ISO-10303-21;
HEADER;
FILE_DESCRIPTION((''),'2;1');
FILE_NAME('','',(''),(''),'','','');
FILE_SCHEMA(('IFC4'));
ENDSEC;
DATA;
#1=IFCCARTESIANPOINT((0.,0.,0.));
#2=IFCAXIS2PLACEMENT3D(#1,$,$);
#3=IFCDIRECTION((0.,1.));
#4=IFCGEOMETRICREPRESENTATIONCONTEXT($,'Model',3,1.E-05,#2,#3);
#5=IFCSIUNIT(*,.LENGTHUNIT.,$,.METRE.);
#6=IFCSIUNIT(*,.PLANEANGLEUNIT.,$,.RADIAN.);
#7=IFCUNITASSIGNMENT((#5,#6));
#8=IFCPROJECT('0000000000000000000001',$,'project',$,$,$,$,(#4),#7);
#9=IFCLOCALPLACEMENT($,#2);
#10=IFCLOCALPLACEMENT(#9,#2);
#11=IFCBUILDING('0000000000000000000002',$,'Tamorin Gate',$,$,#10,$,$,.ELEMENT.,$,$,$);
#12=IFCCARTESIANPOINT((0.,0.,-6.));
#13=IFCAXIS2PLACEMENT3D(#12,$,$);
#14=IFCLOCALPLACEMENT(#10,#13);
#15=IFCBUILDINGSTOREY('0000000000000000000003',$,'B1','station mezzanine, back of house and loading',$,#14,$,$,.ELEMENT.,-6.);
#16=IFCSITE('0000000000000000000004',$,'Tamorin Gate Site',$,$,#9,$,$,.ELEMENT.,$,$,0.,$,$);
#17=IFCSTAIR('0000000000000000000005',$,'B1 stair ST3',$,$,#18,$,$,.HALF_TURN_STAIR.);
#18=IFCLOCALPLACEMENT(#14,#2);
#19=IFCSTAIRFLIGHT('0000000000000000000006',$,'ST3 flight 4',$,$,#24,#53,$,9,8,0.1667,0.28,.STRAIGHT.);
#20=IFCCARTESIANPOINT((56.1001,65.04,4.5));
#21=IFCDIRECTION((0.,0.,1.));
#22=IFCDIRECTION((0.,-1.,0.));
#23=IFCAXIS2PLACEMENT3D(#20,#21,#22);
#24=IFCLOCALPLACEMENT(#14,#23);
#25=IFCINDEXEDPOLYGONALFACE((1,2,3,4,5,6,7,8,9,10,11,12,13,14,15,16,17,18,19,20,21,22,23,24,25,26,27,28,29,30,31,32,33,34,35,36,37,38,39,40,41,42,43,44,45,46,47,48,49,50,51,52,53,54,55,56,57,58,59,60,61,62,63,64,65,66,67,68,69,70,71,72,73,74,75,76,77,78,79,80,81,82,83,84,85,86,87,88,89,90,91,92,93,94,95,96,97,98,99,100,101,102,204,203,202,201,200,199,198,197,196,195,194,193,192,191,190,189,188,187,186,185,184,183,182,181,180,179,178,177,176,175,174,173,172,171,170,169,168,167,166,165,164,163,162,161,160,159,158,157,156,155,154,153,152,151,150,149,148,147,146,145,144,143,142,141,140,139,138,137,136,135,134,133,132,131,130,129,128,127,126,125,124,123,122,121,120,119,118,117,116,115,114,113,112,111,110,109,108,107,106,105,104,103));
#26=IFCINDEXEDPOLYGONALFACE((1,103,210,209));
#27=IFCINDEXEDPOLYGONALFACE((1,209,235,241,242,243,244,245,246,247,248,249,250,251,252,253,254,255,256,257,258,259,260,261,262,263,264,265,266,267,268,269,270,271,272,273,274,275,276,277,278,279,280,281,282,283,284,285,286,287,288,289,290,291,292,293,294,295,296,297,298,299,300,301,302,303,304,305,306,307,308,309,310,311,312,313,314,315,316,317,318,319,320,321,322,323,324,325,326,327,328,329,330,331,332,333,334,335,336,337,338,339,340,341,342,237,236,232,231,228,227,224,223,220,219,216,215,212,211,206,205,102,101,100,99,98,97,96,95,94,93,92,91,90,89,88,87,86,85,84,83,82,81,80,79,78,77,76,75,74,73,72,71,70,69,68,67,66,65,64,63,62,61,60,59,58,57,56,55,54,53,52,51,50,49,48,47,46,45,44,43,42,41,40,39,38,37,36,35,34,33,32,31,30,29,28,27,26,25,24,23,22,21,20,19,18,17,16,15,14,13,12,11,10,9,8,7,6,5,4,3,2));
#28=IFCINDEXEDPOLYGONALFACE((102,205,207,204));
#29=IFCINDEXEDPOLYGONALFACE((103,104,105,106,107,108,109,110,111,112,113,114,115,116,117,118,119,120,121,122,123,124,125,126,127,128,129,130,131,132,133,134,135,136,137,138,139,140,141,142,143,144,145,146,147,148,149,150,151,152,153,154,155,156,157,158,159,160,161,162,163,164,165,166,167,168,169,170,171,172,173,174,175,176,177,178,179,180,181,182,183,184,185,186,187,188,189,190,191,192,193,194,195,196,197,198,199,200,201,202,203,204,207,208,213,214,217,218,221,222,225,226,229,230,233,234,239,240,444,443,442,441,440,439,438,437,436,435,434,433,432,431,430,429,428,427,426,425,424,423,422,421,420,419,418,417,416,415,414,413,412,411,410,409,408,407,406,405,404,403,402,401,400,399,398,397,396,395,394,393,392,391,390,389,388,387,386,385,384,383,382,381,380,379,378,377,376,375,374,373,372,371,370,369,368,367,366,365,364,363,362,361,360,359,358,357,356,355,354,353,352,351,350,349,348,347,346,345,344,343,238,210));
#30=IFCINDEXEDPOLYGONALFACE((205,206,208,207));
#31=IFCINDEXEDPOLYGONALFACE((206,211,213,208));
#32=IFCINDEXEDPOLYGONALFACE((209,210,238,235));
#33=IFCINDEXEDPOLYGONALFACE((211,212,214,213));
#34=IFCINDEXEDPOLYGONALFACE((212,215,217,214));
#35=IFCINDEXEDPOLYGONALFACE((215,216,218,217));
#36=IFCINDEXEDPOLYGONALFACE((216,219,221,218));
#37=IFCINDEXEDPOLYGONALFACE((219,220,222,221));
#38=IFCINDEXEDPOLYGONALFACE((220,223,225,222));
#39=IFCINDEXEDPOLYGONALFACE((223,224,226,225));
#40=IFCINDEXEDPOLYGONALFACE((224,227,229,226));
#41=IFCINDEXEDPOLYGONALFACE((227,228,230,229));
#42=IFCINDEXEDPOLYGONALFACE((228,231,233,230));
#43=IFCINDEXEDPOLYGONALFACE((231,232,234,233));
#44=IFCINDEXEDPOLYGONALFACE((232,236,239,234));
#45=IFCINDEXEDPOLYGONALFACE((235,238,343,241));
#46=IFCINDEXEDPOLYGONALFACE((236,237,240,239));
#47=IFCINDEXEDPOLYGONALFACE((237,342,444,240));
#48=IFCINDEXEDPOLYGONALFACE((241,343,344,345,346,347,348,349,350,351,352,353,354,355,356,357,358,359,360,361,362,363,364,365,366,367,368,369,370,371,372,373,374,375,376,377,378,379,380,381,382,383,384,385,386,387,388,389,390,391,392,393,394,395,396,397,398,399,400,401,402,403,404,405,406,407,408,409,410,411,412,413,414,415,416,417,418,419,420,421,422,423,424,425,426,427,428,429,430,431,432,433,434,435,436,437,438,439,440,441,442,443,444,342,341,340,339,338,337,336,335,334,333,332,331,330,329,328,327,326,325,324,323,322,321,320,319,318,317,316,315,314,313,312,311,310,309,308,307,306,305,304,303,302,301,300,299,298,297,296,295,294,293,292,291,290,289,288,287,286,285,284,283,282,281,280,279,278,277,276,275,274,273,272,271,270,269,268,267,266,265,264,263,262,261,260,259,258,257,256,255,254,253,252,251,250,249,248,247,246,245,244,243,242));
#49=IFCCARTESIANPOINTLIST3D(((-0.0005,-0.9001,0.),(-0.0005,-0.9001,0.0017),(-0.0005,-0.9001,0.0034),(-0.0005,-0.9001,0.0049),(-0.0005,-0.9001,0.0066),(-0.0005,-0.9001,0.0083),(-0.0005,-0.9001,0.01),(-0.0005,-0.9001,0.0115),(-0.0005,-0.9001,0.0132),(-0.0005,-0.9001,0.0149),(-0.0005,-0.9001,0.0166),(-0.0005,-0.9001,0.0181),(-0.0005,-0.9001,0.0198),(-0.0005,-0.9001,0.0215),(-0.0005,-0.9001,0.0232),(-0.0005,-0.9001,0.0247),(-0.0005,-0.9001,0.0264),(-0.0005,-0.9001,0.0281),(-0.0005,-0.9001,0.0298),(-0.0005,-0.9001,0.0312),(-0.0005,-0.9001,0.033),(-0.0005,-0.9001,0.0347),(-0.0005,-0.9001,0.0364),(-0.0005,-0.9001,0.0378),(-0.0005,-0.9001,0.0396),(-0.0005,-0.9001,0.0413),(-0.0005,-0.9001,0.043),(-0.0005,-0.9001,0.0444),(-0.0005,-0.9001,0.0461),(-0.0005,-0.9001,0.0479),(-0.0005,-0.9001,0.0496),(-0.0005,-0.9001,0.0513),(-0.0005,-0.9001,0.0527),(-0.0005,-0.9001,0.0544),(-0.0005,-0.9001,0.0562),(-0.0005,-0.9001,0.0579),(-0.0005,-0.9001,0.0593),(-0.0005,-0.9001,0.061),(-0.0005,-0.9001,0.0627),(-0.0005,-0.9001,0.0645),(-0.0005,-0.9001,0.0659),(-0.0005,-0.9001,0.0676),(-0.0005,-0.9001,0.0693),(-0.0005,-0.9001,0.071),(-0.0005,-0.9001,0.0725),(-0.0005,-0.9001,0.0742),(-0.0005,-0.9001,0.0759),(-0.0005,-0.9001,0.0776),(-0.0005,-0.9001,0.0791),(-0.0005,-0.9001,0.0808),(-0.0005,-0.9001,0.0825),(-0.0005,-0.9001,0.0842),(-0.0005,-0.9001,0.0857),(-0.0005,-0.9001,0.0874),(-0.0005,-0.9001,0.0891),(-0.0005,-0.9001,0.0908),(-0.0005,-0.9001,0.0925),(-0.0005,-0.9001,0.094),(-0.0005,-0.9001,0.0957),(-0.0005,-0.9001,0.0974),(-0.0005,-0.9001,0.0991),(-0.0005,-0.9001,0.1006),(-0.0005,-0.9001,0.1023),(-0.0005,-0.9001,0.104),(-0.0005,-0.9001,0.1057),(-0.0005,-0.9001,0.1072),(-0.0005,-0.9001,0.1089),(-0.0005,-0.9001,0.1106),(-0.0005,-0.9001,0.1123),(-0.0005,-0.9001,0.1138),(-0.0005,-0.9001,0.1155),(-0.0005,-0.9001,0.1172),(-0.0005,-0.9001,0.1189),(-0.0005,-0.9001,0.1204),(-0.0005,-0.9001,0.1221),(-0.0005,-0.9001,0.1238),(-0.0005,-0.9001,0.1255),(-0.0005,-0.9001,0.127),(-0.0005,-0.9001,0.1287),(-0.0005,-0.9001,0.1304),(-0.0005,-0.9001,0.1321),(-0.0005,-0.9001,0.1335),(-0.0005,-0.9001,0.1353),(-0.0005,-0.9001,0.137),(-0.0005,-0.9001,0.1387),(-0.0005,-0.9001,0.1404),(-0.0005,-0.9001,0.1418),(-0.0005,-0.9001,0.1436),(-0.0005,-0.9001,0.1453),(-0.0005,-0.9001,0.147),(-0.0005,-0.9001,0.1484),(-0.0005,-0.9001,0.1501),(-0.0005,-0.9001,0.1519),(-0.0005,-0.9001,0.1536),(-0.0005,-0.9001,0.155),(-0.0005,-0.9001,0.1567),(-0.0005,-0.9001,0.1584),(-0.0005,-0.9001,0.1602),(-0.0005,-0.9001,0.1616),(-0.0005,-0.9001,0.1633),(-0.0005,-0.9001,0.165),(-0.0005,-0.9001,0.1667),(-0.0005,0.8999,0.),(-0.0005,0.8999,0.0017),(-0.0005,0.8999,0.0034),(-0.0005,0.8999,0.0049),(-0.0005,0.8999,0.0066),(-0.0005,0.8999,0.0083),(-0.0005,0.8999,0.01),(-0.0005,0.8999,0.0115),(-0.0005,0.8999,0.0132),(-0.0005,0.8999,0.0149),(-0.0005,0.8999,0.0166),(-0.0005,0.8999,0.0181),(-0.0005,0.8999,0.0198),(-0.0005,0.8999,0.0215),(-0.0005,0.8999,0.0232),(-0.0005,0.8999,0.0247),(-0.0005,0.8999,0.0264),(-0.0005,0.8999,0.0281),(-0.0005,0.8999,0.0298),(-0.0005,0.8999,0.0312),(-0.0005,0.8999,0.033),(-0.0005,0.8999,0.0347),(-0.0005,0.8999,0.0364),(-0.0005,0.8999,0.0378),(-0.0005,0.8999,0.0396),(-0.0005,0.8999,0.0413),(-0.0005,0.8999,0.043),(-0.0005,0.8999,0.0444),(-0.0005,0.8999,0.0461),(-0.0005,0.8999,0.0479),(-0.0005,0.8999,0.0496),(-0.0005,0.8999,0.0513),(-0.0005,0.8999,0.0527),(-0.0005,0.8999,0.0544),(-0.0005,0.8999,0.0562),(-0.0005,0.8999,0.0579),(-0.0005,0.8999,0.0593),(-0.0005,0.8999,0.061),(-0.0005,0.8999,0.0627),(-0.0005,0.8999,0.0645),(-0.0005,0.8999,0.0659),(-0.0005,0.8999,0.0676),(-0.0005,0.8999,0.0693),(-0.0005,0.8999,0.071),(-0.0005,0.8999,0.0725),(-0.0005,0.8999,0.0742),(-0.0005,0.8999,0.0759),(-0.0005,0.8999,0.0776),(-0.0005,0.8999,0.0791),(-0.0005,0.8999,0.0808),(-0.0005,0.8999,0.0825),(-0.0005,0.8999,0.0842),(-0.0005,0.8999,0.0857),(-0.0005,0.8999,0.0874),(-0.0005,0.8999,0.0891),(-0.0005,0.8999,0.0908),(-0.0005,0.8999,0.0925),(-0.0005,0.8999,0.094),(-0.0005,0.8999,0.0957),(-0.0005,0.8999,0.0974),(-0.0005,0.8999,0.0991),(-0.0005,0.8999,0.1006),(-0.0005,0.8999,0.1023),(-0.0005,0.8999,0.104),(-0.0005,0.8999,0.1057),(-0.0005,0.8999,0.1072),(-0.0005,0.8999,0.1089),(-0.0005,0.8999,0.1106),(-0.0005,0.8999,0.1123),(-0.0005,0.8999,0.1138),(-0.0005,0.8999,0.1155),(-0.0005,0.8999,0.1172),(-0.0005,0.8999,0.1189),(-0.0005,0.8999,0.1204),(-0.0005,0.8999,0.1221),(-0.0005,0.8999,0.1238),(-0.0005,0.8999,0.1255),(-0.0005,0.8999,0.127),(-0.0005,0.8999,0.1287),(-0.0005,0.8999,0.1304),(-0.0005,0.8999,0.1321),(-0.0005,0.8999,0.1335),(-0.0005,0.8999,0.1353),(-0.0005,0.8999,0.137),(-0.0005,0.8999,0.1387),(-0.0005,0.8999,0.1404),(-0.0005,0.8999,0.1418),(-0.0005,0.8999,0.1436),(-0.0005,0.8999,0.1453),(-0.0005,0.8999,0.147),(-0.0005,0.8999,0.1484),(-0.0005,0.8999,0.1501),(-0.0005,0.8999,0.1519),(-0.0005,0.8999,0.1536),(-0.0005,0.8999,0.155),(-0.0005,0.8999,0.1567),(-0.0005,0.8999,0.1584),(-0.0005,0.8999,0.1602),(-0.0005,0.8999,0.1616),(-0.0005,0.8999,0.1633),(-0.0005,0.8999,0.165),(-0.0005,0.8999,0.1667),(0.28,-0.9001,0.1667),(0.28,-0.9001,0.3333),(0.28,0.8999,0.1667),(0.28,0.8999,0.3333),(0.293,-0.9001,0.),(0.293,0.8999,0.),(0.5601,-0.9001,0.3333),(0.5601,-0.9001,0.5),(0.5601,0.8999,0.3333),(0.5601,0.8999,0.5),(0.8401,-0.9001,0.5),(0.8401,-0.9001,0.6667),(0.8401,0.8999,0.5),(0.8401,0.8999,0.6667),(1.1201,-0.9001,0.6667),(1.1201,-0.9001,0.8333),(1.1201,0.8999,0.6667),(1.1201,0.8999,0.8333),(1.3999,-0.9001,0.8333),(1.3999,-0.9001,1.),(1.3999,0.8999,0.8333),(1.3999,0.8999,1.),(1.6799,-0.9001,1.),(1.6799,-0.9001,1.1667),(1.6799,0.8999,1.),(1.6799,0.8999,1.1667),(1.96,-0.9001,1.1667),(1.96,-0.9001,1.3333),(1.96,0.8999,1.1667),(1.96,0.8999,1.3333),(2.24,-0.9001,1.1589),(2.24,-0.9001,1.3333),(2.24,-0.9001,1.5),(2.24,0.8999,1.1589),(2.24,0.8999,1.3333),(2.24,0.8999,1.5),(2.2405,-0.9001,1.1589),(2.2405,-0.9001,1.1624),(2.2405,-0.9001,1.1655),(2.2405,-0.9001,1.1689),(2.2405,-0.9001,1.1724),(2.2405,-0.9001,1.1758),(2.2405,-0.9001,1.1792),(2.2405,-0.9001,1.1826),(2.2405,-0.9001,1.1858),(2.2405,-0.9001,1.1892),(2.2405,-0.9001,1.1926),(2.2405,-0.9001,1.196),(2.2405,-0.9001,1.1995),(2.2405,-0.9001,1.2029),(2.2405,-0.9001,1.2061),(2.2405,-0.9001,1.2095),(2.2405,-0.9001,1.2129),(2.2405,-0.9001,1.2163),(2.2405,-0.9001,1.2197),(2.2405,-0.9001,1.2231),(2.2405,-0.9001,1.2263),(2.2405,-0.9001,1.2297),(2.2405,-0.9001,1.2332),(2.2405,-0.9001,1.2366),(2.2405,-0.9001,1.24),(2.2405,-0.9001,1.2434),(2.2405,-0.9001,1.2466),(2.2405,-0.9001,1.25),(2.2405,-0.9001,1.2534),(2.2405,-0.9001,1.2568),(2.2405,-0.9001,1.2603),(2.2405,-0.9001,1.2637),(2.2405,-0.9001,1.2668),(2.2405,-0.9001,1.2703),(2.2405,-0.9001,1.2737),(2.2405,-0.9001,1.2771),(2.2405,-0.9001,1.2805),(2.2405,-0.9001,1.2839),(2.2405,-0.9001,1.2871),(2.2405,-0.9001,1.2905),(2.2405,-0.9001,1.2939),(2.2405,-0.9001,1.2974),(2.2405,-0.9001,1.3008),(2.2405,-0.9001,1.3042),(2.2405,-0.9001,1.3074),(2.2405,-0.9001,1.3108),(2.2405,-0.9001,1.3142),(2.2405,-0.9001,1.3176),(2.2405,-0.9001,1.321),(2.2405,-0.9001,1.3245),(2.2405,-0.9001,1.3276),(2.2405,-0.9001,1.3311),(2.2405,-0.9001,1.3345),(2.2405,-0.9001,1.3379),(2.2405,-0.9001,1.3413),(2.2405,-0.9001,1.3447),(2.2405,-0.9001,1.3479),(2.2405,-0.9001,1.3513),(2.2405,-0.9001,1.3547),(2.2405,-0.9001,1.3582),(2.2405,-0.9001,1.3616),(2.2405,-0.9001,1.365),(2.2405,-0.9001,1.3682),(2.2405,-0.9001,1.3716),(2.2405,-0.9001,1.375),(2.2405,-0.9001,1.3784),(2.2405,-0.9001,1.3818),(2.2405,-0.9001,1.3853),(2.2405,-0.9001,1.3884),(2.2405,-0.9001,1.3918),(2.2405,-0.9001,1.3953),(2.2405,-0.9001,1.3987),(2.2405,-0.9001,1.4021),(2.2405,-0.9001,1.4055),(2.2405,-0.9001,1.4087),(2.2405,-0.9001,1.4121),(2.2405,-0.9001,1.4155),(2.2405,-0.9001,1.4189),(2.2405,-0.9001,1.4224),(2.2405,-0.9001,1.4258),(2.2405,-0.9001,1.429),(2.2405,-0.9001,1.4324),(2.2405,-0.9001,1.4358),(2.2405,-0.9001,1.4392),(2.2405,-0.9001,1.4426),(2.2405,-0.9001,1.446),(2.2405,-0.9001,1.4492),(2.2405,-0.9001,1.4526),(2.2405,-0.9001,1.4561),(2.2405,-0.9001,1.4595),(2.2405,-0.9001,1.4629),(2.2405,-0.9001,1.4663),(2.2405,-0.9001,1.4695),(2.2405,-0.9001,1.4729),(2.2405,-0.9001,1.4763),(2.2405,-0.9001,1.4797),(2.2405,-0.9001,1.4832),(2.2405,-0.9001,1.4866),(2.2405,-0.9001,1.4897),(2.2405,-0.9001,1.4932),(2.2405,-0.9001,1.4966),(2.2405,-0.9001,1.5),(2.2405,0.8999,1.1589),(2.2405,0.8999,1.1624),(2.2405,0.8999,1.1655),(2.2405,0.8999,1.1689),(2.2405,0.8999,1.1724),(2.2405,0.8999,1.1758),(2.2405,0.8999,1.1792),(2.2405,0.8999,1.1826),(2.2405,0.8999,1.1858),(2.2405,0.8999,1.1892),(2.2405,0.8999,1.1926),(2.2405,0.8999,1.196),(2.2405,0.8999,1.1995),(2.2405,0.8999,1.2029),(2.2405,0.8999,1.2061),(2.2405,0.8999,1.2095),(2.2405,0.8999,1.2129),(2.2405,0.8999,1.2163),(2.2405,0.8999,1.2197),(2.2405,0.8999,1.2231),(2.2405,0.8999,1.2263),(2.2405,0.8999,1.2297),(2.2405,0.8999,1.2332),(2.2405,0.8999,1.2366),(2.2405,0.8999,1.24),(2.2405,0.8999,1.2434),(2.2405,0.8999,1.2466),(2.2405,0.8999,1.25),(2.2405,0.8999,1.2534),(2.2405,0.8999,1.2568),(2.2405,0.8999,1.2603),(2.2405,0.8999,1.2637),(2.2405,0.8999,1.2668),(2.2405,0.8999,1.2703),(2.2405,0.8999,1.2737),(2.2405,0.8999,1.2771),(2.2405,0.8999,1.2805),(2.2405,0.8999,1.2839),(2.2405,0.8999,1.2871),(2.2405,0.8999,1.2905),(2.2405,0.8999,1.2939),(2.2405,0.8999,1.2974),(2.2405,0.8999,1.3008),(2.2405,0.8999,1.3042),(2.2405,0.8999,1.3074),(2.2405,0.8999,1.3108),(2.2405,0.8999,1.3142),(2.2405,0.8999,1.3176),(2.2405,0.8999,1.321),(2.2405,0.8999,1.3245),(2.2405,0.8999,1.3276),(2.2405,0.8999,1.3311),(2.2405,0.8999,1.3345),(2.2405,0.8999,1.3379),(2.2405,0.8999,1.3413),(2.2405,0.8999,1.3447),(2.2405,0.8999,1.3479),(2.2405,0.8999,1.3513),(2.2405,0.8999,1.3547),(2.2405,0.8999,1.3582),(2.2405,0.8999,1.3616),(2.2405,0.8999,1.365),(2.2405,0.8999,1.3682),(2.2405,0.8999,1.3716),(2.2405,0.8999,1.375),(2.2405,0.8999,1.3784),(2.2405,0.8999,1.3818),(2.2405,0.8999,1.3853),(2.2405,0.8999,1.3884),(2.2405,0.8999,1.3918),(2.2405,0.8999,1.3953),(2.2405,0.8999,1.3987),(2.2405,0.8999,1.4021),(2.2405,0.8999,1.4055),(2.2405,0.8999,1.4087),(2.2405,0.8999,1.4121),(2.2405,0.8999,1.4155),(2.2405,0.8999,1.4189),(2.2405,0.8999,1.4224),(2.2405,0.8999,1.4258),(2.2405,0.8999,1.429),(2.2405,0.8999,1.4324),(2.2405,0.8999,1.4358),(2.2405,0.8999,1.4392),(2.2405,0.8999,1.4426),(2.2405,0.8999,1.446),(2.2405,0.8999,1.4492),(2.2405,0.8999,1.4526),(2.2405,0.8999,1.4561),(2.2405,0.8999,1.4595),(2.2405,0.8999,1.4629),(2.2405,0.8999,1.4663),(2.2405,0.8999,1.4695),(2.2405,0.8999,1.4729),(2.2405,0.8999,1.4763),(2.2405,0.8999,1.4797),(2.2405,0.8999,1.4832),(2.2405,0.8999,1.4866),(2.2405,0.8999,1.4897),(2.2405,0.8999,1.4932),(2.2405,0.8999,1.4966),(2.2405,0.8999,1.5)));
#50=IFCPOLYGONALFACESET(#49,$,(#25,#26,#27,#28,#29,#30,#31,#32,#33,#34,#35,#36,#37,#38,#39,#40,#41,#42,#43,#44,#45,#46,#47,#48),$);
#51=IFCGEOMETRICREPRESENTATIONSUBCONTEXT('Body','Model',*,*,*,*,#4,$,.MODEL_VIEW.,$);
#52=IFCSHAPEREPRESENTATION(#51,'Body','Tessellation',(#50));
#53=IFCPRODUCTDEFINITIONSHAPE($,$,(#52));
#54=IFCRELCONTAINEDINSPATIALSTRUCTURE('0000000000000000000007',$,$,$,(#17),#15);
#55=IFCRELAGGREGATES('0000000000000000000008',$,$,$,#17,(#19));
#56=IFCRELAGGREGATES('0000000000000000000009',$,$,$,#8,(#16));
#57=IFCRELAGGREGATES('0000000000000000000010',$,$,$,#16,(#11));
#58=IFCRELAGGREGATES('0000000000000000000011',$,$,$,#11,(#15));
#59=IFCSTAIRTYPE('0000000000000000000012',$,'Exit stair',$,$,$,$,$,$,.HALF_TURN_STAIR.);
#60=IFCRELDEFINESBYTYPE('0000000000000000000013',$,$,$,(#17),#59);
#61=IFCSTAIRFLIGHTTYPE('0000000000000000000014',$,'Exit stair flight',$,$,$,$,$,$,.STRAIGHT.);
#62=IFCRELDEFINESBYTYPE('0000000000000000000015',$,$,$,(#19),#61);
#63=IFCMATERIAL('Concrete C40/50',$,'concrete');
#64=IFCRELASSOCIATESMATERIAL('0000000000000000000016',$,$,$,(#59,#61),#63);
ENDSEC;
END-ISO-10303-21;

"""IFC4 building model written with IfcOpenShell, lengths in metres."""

from ifc_helpers import new_model, si_unit, direction, frame, origin, place, context, subcontext, project, spatial, polyline, outline, extrude, material, type_object, element, aggregate, save


model = new_model("IFC4")

# Units and contexts
model_context = context("Model", 3, precision=1e-05, world=origin(), true_north=direction((0.0, 1.0)))
body_context = subcontext(model_context, "Body", "Model", "MODEL_VIEW")
ifc_project = project(units=[si_unit("LENGTHUNIT", "METRE"), si_unit("PLANEANGLEUNIT", "RADIAN")], contexts=[model_context])

# Site, building, storey
site_placement = place(None, origin())
site = spatial("IfcSite", under=ifc_project, at=site_placement, Name="Tamorin Gate Site", CompositionType="ELEMENT", RefElevation=0.0)
building_placement = place(site_placement, origin())
building = spatial("IfcBuilding", under=site, at=building_placement, Name="Tamorin Gate", CompositionType="ELEMENT")
storey_placement = place(building_placement, frame((0.0, 0.0, -6.0)))
storey = spatial("IfcBuildingStorey", under=building, at=storey_placement, Name="B1", Description="station mezzanine, back of house and loading", CompositionType="ELEMENT", Elevation=-6.0)

# Shared definitions
ifc_material_1 = material(Name="Concrete C40/50", Category="concrete")

# Stair, stair flight
stair_type = type_object("IfcStairType", Name="Exit stair", PredefinedType="HALF_TURN_STAIR", material=ifc_material_1)
stair_placement = place(storey_placement, origin())
stair = element("IfcStair", 1, at=stair_placement, inside=storey, type_object=stair_type, Name="B1 stair ST3", PredefinedType="HALF_TURN_STAIR")
stair_flight_type = type_object("IfcStairFlightType", Name="Exit stair flight", PredefinedType="STRAIGHT", material=ifc_material_1)
stair_flight_1_placement = place(storey_placement, frame((56.1001, 65.04, 4.5), z_axis=(0.0, 0.0, 1.0), x_axis=(0.0, -1.0, 0.0)))
stair_flight_1 = element("IfcStairFlight", 2, at=stair_flight_1_placement, type_object=stair_flight_type, Name="ST3 flight 4", NumberOfRisers=9, NumberOfTreads=8, PredefinedType="STRAIGHT", RiserHeight=0.1667, TreadLength=0.28, context=body_context, shape_type="SweptSolid", body=[
    extrude(outline(polyline([(-0.0005, 0.0), (-0.0005, 0.0017), (-0.0005, 0.0034), (-0.0005, 0.0049), (-0.0005, 0.0066), (-0.0005, 0.0083), (-0.0005, 0.01), (-0.0005, 0.0115), (-0.0005, 0.0132), (-0.0005, 0.0149), (-0.0005, 0.0166), (-0.0005, 0.0181), (-0.0005, 0.0198), (-0.0005, 0.0215), (-0.0005, 0.0232), (-0.0005, 0.0247), (-0.0005, 0.0264), (-0.0005, 0.0281), (-0.0005, 0.0298), (-0.0005, 0.0312), (-0.0005, 0.033), (-0.0005, 0.0347), (-0.0005, 0.0364), (-0.0005, 0.0378), (-0.0005, 0.0396), (-0.0005, 0.0413), (-0.0005, 0.043), (-0.0005, 0.0444), (-0.0005, 0.0461), (-0.0005, 0.0479), (-0.0005, 0.0496), (-0.0005, 0.0513), (-0.0005, 0.0527), (-0.0005, 0.0544), (-0.0005, 0.0562), (-0.0005, 0.0579), (-0.0005, 0.0593), (-0.0005, 0.061), (-0.0005, 0.0627), (-0.0005, 0.0645), (-0.0005, 0.0659), (-0.0005, 0.0676), (-0.0005, 0.0693), (-0.0005, 0.071), (-0.0005, 0.0725), (-0.0005, 0.0742), (-0.0005, 0.0759), (-0.0005, 0.0776), (-0.0005, 0.0791), (-0.0005, 0.0808), (-0.0005, 0.0825), (-0.0005, 0.0842), (-0.0005, 0.0857), (-0.0005, 0.0874), (-0.0005, 0.0891), (-0.0005, 0.0908), (-0.0005, 0.0925), (-0.0005, 0.094), (-0.0005, 0.0957), (-0.0005, 0.0974), (-0.0005, 0.0991), (-0.0005, 0.1006), (-0.0005, 0.1023), (-0.0005, 0.104), (-0.0005, 0.1057), (-0.0005, 0.1072), (-0.0005, 0.1089), (-0.0005, 0.1106), (-0.0005, 0.1123), (-0.0005, 0.1138), (-0.0005, 0.1155), (-0.0005, 0.1172), (-0.0005, 0.1189), (-0.0005, 0.1204), (-0.0005, 0.1221), (-0.0005, 0.1238), (-0.0005, 0.1255), (-0.0005, 0.127), (-0.0005, 0.1287), (-0.0005, 0.1304), (-0.0005, 0.1321), (-0.0005, 0.1335), (-0.0005, 0.1353), (-0.0005, 0.137), (-0.0005, 0.1387), (-0.0005, 0.1404), (-0.0005, 0.1418), (-0.0005, 0.1436), (-0.0005, 0.1453), (-0.0005, 0.147), (-0.0005, 0.1484), (-0.0005, 0.1501), (-0.0005, 0.1519), (-0.0005, 0.1536), (-0.0005, 0.155), (-0.0005, 0.1567), (-0.0005, 0.1584), (-0.0005, 0.1602), (-0.0005, 0.1616), (-0.0005, 0.1633), (-0.0005, 0.165), (-0.0005, 0.1667), (0.28, 0.1667), (0.28, 0.3333), (0.5601, 0.3333), (0.5601, 0.5), (0.8401, 0.5), (0.8401, 0.6667), (1.1201, 0.6667), (1.1201, 0.8333), (1.3999, 0.8333), (1.3999, 1.0), (1.6799, 1.0), (1.6799, 1.1667), (1.96, 1.1667), (1.96, 1.3333), (2.24, 1.3333), (2.24, 1.5), (2.2405, 1.5), (2.2405, 1.4966), (2.2405, 1.4932), (2.2405, 1.4897), (2.2405, 1.4866), (2.2405, 1.4832), (2.2405, 1.4797), (2.2405, 1.4763), (2.2405, 1.4729), (2.2405, 1.4695), (2.2405, 1.4663), (2.2405, 1.4629), (2.2405, 1.4595), (2.2405, 1.4561), (2.2405, 1.4526), (2.2405, 1.4492), (2.2405, 1.446), (2.2405, 1.4426), (2.2405, 1.4392), (2.2405, 1.4358), (2.2405, 1.4324), (2.2405, 1.429), (2.2405, 1.4258), (2.2405, 1.4224), (2.2405, 1.4189), (2.2405, 1.4155), (2.2405, 1.4121), (2.2405, 1.4087), (2.2405, 1.4055), (2.2405, 1.4021), (2.2405, 1.3987), (2.2405, 1.3953), (2.2405, 1.3918), (2.2405, 1.3884), (2.2405, 1.3853), (2.2405, 1.3818), (2.2405, 1.3784), (2.2405, 1.375), (2.2405, 1.3716), (2.2405, 1.3682), (2.2405, 1.365), (2.2405, 1.3616), (2.2405, 1.3582), (2.2405, 1.3547), (2.2405, 1.3513), (2.2405, 1.3479), (2.2405, 1.3447), (2.2405, 1.3413), (2.2405, 1.3379), (2.2405, 1.3345), (2.2405, 1.3311), (2.2405, 1.3276), (2.2405, 1.3245), (2.2405, 1.321), (2.2405, 1.3176), (2.2405, 1.3142), (2.2405, 1.3108), (2.2405, 1.3074), (2.2405, 1.3042), (2.2405, 1.3008), (2.2405, 1.2974), (2.2405, 1.2939), (2.2405, 1.2905), (2.2405, 1.2871), (2.2405, 1.2839), (2.2405, 1.2805), (2.2405, 1.2771), (2.2405, 1.2737), (2.2405, 1.2703), (2.2405, 1.2668), (2.2405, 1.2637), (2.2405, 1.2603), (2.2405, 1.2568), (2.2405, 1.2534), (2.2405, 1.25), (2.2405, 1.2466), (2.2405, 1.2434), (2.2405, 1.24), (2.2405, 1.2366), (2.2405, 1.2332), (2.2405, 1.2297), (2.2405, 1.2263), (2.2405, 1.2231), (2.2405, 1.2197), (2.2405, 1.2163), (2.2405, 1.2129), (2.2405, 1.2095), (2.2405, 1.2061), (2.2405, 1.2029), (2.2405, 1.1995), (2.2405, 1.196), (2.2405, 1.1926), (2.2405, 1.1892), (2.2405, 1.1858), (2.2405, 1.1826), (2.2405, 1.1792), (2.2405, 1.1758), (2.2405, 1.1724), (2.2405, 1.1689), (2.2405, 1.1655), (2.2405, 1.1624), (2.2405, 1.1589), (2.24, 1.1589), (0.293, 0.0), (-0.0005, 0.0)])), frame((0.0, 0.8999, 0.0), z_axis=(0.0, -1.0, 0.0), x_axis=(1.0, 0.0, 0.0)), (0.0, 0.0, 1.0), 1.8),
])
aggregate(stair, [stair_flight_1])

save(model, "model.ifc")
